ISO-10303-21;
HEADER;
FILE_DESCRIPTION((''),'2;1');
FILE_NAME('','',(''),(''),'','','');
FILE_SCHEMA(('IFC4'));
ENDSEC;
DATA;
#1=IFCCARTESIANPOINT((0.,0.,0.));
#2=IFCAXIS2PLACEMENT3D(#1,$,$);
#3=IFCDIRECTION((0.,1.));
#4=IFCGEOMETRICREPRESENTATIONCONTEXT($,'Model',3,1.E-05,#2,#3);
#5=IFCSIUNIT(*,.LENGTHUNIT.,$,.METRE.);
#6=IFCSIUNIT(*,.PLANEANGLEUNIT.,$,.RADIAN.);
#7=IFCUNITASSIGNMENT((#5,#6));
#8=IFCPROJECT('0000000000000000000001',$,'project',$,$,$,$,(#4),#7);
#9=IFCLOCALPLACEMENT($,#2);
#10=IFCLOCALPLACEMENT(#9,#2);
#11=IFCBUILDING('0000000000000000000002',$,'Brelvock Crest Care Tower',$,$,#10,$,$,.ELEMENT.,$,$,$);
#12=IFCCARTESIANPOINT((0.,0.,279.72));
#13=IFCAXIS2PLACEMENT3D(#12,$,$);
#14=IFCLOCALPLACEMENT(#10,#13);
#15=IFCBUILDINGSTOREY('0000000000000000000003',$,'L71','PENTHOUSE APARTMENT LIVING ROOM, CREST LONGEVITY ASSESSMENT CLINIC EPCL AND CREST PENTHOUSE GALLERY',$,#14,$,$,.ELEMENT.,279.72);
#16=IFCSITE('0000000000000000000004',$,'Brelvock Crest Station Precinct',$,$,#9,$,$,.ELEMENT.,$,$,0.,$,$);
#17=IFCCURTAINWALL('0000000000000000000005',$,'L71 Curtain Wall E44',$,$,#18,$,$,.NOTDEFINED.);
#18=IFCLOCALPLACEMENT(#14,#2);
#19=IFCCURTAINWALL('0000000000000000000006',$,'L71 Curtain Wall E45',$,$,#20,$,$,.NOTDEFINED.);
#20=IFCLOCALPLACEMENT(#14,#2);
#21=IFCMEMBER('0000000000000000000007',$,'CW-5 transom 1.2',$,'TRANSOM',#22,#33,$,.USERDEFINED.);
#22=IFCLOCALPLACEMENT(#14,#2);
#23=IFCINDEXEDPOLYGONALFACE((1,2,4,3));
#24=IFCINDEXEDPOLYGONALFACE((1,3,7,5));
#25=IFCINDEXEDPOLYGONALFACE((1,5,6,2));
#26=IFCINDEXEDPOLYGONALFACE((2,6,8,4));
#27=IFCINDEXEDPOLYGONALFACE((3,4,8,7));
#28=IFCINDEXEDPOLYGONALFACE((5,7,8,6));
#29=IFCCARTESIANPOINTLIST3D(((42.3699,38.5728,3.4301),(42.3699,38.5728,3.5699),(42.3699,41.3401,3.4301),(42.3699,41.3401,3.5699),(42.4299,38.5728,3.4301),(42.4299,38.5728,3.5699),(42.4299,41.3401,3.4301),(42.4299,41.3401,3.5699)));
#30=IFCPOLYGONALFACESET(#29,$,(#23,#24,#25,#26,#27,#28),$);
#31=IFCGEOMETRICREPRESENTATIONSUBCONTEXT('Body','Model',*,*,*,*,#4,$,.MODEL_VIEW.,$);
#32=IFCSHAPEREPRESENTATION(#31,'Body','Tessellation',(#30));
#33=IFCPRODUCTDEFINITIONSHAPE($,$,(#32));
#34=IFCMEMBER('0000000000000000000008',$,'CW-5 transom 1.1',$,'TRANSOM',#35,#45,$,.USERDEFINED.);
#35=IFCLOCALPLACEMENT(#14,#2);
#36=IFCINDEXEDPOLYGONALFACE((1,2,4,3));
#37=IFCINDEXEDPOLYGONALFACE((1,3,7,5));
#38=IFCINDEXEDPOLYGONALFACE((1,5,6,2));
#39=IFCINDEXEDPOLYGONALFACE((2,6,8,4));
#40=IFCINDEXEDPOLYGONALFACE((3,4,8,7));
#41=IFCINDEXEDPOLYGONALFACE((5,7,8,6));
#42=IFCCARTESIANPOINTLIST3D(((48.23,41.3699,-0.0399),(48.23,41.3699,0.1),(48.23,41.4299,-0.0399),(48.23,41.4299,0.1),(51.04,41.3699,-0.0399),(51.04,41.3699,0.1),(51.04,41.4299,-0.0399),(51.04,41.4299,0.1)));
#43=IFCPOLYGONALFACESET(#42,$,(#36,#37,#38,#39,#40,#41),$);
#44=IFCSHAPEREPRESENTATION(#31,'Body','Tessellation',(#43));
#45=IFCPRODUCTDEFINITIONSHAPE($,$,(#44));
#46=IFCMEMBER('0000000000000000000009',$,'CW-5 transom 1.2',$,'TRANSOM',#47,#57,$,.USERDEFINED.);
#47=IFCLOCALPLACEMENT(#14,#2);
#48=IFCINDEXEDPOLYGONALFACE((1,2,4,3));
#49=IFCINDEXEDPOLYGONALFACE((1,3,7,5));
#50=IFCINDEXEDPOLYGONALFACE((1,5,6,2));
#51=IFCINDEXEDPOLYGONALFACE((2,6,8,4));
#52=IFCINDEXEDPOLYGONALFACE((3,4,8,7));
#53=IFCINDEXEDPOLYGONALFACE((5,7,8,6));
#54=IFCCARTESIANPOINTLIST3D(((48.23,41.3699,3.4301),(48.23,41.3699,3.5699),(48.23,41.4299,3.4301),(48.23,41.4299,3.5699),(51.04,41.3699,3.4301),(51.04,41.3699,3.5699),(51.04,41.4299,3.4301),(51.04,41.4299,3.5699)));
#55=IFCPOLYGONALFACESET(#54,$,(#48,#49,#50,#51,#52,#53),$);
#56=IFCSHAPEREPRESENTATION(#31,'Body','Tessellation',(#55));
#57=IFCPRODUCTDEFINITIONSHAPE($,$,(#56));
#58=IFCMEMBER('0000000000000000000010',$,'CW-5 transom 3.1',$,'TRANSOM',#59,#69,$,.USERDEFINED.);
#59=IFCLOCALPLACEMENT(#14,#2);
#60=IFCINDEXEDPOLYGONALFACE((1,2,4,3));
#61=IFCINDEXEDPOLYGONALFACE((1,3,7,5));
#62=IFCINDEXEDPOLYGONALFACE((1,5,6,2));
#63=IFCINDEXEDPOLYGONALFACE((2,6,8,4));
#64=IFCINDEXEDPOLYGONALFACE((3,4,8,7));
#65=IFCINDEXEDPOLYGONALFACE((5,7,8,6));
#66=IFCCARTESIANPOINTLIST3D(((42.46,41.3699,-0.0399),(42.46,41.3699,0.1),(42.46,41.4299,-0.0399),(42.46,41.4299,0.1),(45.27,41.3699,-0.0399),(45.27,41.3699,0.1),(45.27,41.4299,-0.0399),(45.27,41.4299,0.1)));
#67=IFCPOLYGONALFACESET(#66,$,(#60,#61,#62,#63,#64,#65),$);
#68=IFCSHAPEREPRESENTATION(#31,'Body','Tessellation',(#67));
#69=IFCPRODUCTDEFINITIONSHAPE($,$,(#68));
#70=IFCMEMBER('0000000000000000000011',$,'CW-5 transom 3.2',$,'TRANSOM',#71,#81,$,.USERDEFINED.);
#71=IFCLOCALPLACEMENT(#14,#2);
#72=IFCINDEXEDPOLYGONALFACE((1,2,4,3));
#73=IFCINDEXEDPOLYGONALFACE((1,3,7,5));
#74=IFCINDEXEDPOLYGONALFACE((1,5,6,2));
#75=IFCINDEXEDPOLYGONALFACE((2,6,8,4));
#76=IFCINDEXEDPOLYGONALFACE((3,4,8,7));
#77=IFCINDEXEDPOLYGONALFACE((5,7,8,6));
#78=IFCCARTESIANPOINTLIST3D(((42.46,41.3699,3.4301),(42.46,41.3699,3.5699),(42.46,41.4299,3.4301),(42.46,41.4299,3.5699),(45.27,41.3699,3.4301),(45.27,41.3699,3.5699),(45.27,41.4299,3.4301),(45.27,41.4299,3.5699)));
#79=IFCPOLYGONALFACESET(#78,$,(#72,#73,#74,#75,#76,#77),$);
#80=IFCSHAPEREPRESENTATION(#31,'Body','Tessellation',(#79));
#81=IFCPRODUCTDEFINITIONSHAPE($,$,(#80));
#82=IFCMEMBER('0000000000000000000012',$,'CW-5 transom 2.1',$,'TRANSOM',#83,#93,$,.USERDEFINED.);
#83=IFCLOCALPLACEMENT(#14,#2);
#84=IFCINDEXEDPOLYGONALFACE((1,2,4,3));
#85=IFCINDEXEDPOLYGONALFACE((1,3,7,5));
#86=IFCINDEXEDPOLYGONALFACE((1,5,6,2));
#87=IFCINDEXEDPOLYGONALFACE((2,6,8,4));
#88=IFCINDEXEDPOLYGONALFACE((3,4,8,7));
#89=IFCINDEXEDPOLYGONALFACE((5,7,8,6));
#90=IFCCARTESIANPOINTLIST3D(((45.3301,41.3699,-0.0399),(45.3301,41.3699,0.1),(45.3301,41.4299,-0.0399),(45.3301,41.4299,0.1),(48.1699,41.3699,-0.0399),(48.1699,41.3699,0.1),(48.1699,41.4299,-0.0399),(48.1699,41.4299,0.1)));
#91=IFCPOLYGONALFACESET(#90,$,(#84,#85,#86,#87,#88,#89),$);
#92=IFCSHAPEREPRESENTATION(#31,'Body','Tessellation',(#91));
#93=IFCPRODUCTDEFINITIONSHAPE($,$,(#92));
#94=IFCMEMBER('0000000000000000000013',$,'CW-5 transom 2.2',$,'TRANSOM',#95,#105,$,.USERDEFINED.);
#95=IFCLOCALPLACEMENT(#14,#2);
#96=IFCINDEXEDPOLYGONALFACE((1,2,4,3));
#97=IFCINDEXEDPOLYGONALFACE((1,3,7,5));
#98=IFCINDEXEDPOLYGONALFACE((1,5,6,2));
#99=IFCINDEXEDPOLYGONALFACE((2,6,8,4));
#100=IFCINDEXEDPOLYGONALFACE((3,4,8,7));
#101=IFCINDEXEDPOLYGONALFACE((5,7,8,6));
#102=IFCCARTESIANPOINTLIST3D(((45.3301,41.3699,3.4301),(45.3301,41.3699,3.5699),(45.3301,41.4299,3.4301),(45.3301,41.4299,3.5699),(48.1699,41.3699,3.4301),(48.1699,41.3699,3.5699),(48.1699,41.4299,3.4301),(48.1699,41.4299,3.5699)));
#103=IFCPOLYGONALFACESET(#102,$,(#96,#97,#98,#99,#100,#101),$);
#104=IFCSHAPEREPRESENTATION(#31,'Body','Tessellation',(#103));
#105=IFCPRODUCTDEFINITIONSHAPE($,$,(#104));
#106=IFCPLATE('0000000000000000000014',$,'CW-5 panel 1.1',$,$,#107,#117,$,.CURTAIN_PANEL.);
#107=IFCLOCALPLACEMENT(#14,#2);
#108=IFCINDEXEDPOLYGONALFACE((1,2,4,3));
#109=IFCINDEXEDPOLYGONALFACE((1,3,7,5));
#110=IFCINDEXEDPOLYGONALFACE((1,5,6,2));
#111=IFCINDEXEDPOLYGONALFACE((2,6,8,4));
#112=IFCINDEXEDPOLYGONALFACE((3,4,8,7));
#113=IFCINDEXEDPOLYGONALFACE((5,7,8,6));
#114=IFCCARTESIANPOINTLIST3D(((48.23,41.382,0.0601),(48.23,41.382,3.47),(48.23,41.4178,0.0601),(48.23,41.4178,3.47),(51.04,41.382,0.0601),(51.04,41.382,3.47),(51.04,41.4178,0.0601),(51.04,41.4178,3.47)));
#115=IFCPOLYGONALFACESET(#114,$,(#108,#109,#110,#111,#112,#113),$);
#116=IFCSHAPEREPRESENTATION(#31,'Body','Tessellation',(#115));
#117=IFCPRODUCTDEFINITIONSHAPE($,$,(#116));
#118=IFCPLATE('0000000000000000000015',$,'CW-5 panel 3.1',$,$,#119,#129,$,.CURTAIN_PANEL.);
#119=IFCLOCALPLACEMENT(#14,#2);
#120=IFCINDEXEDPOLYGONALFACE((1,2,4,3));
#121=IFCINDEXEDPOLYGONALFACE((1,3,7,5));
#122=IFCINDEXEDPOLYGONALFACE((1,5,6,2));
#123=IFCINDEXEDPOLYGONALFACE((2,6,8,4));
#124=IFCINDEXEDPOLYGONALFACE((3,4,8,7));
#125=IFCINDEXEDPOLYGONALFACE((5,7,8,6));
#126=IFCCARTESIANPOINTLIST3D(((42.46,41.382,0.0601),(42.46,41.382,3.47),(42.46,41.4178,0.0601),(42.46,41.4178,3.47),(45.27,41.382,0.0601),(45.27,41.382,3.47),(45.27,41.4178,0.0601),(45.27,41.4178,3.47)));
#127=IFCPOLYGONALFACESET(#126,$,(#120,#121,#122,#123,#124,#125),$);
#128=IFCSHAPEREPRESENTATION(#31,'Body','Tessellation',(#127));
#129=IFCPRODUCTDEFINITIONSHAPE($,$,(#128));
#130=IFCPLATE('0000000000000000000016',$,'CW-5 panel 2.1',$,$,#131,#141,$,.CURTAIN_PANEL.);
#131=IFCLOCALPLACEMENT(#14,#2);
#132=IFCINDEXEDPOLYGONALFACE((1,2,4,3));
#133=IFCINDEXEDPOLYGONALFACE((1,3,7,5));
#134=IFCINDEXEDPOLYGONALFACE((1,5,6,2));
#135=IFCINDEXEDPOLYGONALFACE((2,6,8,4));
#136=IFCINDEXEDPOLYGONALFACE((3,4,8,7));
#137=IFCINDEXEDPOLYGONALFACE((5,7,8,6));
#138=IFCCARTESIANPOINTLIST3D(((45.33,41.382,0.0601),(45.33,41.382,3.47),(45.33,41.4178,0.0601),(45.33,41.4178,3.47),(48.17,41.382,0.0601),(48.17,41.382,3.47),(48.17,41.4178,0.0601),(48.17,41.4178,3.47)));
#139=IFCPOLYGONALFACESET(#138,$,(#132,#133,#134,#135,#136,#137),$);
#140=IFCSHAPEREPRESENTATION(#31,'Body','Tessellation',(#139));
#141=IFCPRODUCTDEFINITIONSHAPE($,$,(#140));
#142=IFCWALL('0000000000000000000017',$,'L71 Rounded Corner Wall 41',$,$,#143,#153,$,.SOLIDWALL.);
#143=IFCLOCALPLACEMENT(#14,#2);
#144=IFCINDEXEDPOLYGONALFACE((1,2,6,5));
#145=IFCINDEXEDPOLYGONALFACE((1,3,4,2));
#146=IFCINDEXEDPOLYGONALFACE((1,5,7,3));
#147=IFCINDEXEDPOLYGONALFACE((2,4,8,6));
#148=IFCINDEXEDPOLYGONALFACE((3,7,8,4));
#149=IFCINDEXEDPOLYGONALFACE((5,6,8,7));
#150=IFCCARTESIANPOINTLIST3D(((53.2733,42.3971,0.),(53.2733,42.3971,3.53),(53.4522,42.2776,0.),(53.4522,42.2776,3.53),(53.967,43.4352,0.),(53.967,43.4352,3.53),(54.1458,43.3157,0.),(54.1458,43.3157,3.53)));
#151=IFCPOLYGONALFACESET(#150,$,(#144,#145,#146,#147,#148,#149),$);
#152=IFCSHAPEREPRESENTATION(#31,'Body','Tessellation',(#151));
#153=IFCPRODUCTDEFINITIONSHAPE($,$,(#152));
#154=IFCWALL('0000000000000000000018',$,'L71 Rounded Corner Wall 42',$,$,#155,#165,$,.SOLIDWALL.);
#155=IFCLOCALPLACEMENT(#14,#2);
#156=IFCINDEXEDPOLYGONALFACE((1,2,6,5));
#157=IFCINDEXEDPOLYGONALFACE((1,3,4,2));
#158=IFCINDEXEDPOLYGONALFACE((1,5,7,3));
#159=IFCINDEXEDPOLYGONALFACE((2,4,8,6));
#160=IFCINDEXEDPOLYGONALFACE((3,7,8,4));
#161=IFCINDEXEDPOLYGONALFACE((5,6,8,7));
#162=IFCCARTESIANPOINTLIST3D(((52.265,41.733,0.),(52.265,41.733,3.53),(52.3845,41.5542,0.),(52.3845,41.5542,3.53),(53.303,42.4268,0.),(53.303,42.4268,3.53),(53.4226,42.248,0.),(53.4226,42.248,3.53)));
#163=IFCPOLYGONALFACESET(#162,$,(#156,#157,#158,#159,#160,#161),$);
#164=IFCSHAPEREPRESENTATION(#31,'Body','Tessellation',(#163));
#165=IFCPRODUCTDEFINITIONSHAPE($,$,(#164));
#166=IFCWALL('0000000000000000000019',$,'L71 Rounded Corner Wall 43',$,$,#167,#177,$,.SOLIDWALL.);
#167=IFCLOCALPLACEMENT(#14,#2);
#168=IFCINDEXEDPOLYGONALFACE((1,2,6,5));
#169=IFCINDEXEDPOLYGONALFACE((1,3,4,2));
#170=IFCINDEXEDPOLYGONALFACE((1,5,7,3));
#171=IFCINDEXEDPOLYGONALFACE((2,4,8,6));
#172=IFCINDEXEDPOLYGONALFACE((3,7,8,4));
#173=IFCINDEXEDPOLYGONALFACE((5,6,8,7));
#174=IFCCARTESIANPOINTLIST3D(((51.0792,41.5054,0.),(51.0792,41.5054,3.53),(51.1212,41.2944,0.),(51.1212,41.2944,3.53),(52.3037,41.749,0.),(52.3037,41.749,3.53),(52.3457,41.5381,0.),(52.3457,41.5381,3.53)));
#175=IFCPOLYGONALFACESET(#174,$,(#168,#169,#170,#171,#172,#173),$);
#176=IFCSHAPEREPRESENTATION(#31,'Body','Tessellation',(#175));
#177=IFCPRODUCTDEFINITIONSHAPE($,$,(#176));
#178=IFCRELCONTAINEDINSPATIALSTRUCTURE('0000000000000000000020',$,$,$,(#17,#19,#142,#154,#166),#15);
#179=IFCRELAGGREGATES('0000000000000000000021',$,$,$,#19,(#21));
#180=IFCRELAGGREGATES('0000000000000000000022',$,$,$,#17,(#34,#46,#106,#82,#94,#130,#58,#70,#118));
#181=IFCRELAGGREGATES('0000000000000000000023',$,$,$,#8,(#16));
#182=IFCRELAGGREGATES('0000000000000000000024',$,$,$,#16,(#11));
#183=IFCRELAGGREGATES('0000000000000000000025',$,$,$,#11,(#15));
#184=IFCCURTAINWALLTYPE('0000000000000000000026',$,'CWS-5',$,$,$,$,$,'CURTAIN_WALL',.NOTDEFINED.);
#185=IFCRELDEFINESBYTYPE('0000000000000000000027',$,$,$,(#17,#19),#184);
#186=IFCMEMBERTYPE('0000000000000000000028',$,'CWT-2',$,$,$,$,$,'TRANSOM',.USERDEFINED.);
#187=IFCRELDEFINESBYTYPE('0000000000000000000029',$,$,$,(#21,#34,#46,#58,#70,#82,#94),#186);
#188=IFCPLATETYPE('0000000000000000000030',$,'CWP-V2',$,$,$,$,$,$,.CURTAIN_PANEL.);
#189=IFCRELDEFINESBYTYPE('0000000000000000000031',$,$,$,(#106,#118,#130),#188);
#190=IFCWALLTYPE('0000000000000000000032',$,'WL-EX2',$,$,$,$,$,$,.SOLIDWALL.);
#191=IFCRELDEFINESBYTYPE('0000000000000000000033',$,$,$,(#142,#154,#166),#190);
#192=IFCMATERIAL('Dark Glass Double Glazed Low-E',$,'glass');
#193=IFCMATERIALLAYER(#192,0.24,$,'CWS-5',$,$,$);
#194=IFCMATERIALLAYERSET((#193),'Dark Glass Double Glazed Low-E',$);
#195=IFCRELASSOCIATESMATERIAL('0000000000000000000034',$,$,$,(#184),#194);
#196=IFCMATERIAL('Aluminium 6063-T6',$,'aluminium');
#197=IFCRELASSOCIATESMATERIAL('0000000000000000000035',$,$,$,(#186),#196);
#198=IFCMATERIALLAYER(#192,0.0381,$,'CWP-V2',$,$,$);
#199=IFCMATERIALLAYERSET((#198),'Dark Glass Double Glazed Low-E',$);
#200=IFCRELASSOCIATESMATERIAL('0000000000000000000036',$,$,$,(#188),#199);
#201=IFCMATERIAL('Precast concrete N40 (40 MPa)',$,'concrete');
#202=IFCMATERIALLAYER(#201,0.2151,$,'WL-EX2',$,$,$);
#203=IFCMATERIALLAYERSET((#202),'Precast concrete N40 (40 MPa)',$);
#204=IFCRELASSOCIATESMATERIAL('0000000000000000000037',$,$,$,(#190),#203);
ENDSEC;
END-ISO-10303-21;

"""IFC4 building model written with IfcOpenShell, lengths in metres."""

from ifc_helpers import new_model, si_unit, direction, frame, frame_2d, origin, origin_2d, place, context, subcontext, project, spatial, rectangle, extrude, source, transform, mapped, material, layer, layer_set, material_profile, profile_set, type_object, element, aggregate, save


model = new_model("IFC4")

# Units and contexts
model_context = context("Model", 3, precision=1e-05, world=origin(), true_north=direction((0.0, 1.0)))
body_context = subcontext(model_context, "Body", "Model", "MODEL_VIEW")
ifc_project = project(units=[si_unit("LENGTHUNIT", "METRE"), si_unit("PLANEANGLEUNIT", "RADIAN")], contexts=[model_context])

# Site, building, storey
site_placement = place(None, origin())
site = spatial("IfcSite", under=ifc_project, at=site_placement, Name="Brelvock Crest Station Precinct", CompositionType="ELEMENT", RefElevation=0.0)
building_placement = place(site_placement, origin())
building = spatial("IfcBuilding", under=site, at=building_placement, Name="Brelvock Crest Care Tower", CompositionType="ELEMENT")
storey_placement = place(building_placement, frame((0.0, 0.0, 279.72)))
storey = spatial("IfcBuildingStorey", under=building, at=storey_placement, Name="L71", Description="PENTHOUSE APARTMENT LIVING ROOM, CREST LONGEVITY ASSESSMENT CLINIC EPCL AND CREST PENTHOUSE GALLERY", CompositionType="ELEMENT", Elevation=279.72)

# Curtain walls, member
ifc_material_1 = material(Name="Dark Glass Double Glazed Low-E", Category="glass")
ifc_layer_1 = layer(ifc_material_1, 0.24, Name="CWS-5")
ifc_layer_set_1 = layer_set([ifc_layer_1], Name="Dark Glass Double Glazed Low-E")
curtain_wall_type = type_object("IfcCurtainWallType", Name="CWS-5", ElementType="CURTAIN_WALL", PredefinedType="NOTDEFINED", material=ifc_layer_set_1)
curtain_wall_1_placement = place(storey_placement, origin())
curtain_wall_1 = element("IfcCurtainWall", 1, at=curtain_wall_1_placement, inside=storey, type_object=curtain_wall_type, Name="L71 Curtain Wall E44", PredefinedType="NOTDEFINED")
ifc_material_2 = material(Name="Aluminium 6063-T6", Category="aluminium")
curtain_wall_2_placement = place(storey_placement, origin())
curtain_wall_2 = element("IfcCurtainWall", 2, at=curtain_wall_2_placement, inside=storey, type_object=curtain_wall_type, Name="L71 Curtain Wall E45", PredefinedType="NOTDEFINED")
ifc_material_profile_1 = material_profile(ifc_material_2, rectangle(XDim=0.0601, YDim=0.1399, at=origin_2d()), Name="ALU60x140")
ifc_profile_set_1 = profile_set([ifc_material_profile_1], Name="Aluminium 6063-T6")
member_type_1 = type_object("IfcMemberType", Name="CWT-2", ElementType="TRANSOM", PredefinedType="USERDEFINED", material=ifc_profile_set_1)
shared_shape_1 = source(origin(), body_context, "Body", "SweptSolid", [
    extrude(rectangle(XDim=0.0601, YDim=0.1399, at=origin_2d()), origin(), (0.0, 0.0, 1.0), 2.7673),
])
member_1_placement = place(storey_placement, frame((42.3999, 41.3401, 3.5), z_axis=(0.0, -1.0, 0.0), x_axis=(1.0, 0.0, 0.0)))
member_1 = element("IfcMember", 3, at=member_1_placement, type_object=member_type_1, Name="CW-5 transom 1.2", ObjectType="TRANSOM", PredefinedType="USERDEFINED", context=body_context, shape_type="MappedRepresentation", body=[
    mapped(shared_shape_1, transform((0.0, 0.0, 0.0), x_axis=(1.0, 0.0, 0.0), y_axis=(0.0, 1.0, 0.0), z_axis=(0.0, 0.0, 1.0), scale=1.0)),
])
aggregate(curtain_wall_2, [member_1])

# Members
shared_shape_2 = source(origin(), body_context, "Body", "SweptSolid", [
    extrude(rectangle(XDim=0.0601, YDim=0.1399, at=origin_2d()), origin(), (0.0, 0.0, 1.0), 2.8101),
])
member_2_placement = place(storey_placement, frame((51.04, 41.3999, 0.03), z_axis=(-1.0, 0.0, 0.0), x_axis=(0.0, -1.0, 0.0)))
member_2 = element("IfcMember", 4, at=member_2_placement, type_object=member_type_1, Name="CW-5 transom 1.1", ObjectType="TRANSOM", PredefinedType="USERDEFINED", context=body_context, shape_type="MappedRepresentation", body=[
    mapped(shared_shape_2, transform((0.0, 0.0, 0.0), x_axis=(1.0, 0.0, 0.0), y_axis=(0.0, 1.0, 0.0), z_axis=(0.0, 0.0, 1.0), scale=1.0)),
])
member_3_placement = place(storey_placement, frame((51.04, 41.3999, 3.5), z_axis=(-1.0, 0.0, 0.0), x_axis=(0.0, -1.0, 0.0)))
member_3 = element("IfcMember", 5, at=member_3_placement, type_object=member_type_1, Name="CW-5 transom 1.2", ObjectType="TRANSOM", PredefinedType="USERDEFINED", context=body_context, shape_type="MappedRepresentation", body=[
    mapped(shared_shape_2, transform((0.0, 0.0, 0.0), x_axis=(1.0, 0.0, 0.0), y_axis=(0.0, 1.0, 0.0), z_axis=(0.0, 0.0, 1.0), scale=1.0)),
])
member_4_placement = place(storey_placement, frame((45.27, 41.3999, 0.03), z_axis=(-1.0, 0.0, 0.0), x_axis=(0.0, -1.0, 0.0)))
member_4 = element("IfcMember", 6, at=member_4_placement, type_object=member_type_1, Name="CW-5 transom 3.1", ObjectType="TRANSOM", PredefinedType="USERDEFINED", context=body_context, shape_type="MappedRepresentation", body=[
    mapped(shared_shape_2, transform((0.0, 0.0, 0.0), x_axis=(1.0, 0.0, 0.0), y_axis=(0.0, 1.0, 0.0), z_axis=(0.0, 0.0, 1.0), scale=1.0)),
])
member_5_placement = place(storey_placement, frame((45.27, 41.3999, 3.5), z_axis=(-1.0, 0.0, 0.0), x_axis=(0.0, -1.0, 0.0)))
member_5 = element("IfcMember", 7, at=member_5_placement, type_object=member_type_1, Name="CW-5 transom 3.2", ObjectType="TRANSOM", PredefinedType="USERDEFINED", context=body_context, shape_type="MappedRepresentation", body=[
    mapped(shared_shape_2, transform((0.0, 0.0, 0.0), x_axis=(1.0, 0.0, 0.0), y_axis=(0.0, 1.0, 0.0), z_axis=(0.0, 0.0, 1.0), scale=1.0)),
])
shared_shape_3 = source(origin(), body_context, "Body", "SweptSolid", [
    extrude(rectangle(XDim=0.0601, YDim=0.1399, at=origin_2d()), origin(), (0.0, 0.0, 1.0), 2.8398),
])
member_6_placement = place(storey_placement, frame((48.1699, 41.3999, 0.03), z_axis=(-1.0, 0.0, 0.0), x_axis=(0.0, -1.0, 0.0)))
member_6 = element("IfcMember", 8, at=member_6_placement, type_object=member_type_1, Name="CW-5 transom 2.1", ObjectType="TRANSOM", PredefinedType="USERDEFINED", context=body_context, shape_type="MappedRepresentation", body=[
    mapped(shared_shape_3, transform((0.0, 0.0, 0.0), x_axis=(1.0, 0.0, 0.0), y_axis=(0.0, 1.0, 0.0), z_axis=(0.0, 0.0, 1.0), scale=1.0)),
])
member_7_placement = place(storey_placement, frame((48.1699, 41.3999, 3.5), z_axis=(-1.0, 0.0, 0.0), x_axis=(0.0, -1.0, 0.0)))
member_7 = element("IfcMember", 9, at=member_7_placement, type_object=member_type_1, Name="CW-5 transom 2.2", ObjectType="TRANSOM", PredefinedType="USERDEFINED", context=body_context, shape_type="MappedRepresentation", body=[
    mapped(shared_shape_3, transform((0.0, 0.0, 0.0), x_axis=(1.0, 0.0, 0.0), y_axis=(0.0, 1.0, 0.0), z_axis=(0.0, 0.0, 1.0), scale=1.0)),
])

# Plates
ifc_layer_2 = layer(ifc_material_1, 0.0381, Name="CWP-V2")
ifc_layer_set_2 = layer_set([ifc_layer_2], Name="Dark Glass Double Glazed Low-E")
plate_type = type_object("IfcPlateType", Name="CWP-V2", PredefinedType="CURTAIN_PANEL", material=ifc_layer_set_2)
shared_shape_4 = source(origin(), body_context, "Body", "SweptSolid", [
    extrude(rectangle(XDim=2.8101, YDim=0.0359, at=origin_2d()), origin(), (0.0, 0.0, 1.0), 3.4099),
])
plate_1_placement = place(storey_placement, frame((49.635, 41.3999, 0.0601), z_axis=(0.0, 0.0, 1.0), x_axis=(-1.0, 0.0, 0.0)))
plate_1 = element("IfcPlate", 10, at=plate_1_placement, type_object=plate_type, Name="CW-5 panel 1.1", PredefinedType="CURTAIN_PANEL", context=body_context, shape_type="MappedRepresentation", body=[
    mapped(shared_shape_4, transform((0.0, 0.0, 0.0), x_axis=(1.0, 0.0, 0.0), y_axis=(0.0, 1.0, 0.0), z_axis=(0.0, 0.0, 1.0), scale=1.0)),
])
plate_2_placement = place(storey_placement, frame((43.865, 41.3999, 0.0601), z_axis=(0.0, 0.0, 1.0), x_axis=(-1.0, 0.0, 0.0)))
plate_2 = element("IfcPlate", 11, at=plate_2_placement, type_object=plate_type, Name="CW-5 panel 3.1", PredefinedType="CURTAIN_PANEL", context=body_context, shape_type="MappedRepresentation", body=[
    mapped(shared_shape_4, transform((0.0, 0.0, 0.0), x_axis=(1.0, 0.0, 0.0), y_axis=(0.0, 1.0, 0.0), z_axis=(0.0, 0.0, 1.0), scale=1.0)),
])
shared_shape_5 = source(origin(), body_context, "Body", "SweptSolid", [
    extrude(rectangle(XDim=2.8401, YDim=0.0359, at=origin_2d()), origin(), (0.0, 0.0, 1.0), 3.4099),
])
plate_3_placement = place(storey_placement, frame((46.75, 41.3999, 0.0601), z_axis=(0.0, 0.0, 1.0), x_axis=(-1.0, 0.0, 0.0)))
plate_3 = element("IfcPlate", 12, at=plate_3_placement, type_object=plate_type, Name="CW-5 panel 2.1", PredefinedType="CURTAIN_PANEL", context=body_context, shape_type="MappedRepresentation", body=[
    mapped(shared_shape_5, transform((0.0, 0.0, 0.0), x_axis=(1.0, 0.0, 0.0), y_axis=(0.0, 1.0, 0.0), z_axis=(0.0, 0.0, 1.0), scale=1.0)),
])
aggregate(curtain_wall_1, [member_2, member_3, plate_1, member_6, member_7, plate_3, member_4, member_5, plate_2])

# Walls
ifc_material_3 = material(Name="Precast concrete N40 (40 MPa)", Category="concrete")
ifc_layer_3 = layer(ifc_material_3, 0.2151, Name="WL-EX2")
ifc_layer_set_3 = layer_set([ifc_layer_3], Name="Precast concrete N40 (40 MPa)")
wall_type = type_object("IfcWallType", Name="WL-EX2", PredefinedType="SOLIDWALL", material=ifc_layer_set_3)
for number, where, z_axis, x_axis, name in (
    (13, (54.0564, 43.3755, 0.0), (0.0, 0.0, 1.0), (-0.555557, -0.831478, 0.0), "L71 Rounded Corner Wall 41"),
    (14, (53.3628, 42.3374, 0.0), (0.0, 0.0, 1.0), (-0.831388, -0.555692, 0.0), "L71 Rounded Corner Wall 42"),
    (15, (52.3247, 41.6436, 0.0), (0.0, 0.0, 1.0), (-0.980776, -0.195138, 0.0), "L71 Rounded Corner Wall 43"),
):
    element("IfcWall", number, at=place(storey_placement, frame(where, z_axis=z_axis, x_axis=x_axis)), inside=storey, type_object=wall_type, Name=name, PredefinedType="SOLIDWALL", context=body_context, shape_type="SweptSolid", body=[
        extrude(rectangle(XDim=1.2485, YDim=0.2151, at=frame_2d((0.6243, 0.0))), origin(), (0.0, 0.0, 1.0), 3.53),
    ])

save(model, "model.ifc")
